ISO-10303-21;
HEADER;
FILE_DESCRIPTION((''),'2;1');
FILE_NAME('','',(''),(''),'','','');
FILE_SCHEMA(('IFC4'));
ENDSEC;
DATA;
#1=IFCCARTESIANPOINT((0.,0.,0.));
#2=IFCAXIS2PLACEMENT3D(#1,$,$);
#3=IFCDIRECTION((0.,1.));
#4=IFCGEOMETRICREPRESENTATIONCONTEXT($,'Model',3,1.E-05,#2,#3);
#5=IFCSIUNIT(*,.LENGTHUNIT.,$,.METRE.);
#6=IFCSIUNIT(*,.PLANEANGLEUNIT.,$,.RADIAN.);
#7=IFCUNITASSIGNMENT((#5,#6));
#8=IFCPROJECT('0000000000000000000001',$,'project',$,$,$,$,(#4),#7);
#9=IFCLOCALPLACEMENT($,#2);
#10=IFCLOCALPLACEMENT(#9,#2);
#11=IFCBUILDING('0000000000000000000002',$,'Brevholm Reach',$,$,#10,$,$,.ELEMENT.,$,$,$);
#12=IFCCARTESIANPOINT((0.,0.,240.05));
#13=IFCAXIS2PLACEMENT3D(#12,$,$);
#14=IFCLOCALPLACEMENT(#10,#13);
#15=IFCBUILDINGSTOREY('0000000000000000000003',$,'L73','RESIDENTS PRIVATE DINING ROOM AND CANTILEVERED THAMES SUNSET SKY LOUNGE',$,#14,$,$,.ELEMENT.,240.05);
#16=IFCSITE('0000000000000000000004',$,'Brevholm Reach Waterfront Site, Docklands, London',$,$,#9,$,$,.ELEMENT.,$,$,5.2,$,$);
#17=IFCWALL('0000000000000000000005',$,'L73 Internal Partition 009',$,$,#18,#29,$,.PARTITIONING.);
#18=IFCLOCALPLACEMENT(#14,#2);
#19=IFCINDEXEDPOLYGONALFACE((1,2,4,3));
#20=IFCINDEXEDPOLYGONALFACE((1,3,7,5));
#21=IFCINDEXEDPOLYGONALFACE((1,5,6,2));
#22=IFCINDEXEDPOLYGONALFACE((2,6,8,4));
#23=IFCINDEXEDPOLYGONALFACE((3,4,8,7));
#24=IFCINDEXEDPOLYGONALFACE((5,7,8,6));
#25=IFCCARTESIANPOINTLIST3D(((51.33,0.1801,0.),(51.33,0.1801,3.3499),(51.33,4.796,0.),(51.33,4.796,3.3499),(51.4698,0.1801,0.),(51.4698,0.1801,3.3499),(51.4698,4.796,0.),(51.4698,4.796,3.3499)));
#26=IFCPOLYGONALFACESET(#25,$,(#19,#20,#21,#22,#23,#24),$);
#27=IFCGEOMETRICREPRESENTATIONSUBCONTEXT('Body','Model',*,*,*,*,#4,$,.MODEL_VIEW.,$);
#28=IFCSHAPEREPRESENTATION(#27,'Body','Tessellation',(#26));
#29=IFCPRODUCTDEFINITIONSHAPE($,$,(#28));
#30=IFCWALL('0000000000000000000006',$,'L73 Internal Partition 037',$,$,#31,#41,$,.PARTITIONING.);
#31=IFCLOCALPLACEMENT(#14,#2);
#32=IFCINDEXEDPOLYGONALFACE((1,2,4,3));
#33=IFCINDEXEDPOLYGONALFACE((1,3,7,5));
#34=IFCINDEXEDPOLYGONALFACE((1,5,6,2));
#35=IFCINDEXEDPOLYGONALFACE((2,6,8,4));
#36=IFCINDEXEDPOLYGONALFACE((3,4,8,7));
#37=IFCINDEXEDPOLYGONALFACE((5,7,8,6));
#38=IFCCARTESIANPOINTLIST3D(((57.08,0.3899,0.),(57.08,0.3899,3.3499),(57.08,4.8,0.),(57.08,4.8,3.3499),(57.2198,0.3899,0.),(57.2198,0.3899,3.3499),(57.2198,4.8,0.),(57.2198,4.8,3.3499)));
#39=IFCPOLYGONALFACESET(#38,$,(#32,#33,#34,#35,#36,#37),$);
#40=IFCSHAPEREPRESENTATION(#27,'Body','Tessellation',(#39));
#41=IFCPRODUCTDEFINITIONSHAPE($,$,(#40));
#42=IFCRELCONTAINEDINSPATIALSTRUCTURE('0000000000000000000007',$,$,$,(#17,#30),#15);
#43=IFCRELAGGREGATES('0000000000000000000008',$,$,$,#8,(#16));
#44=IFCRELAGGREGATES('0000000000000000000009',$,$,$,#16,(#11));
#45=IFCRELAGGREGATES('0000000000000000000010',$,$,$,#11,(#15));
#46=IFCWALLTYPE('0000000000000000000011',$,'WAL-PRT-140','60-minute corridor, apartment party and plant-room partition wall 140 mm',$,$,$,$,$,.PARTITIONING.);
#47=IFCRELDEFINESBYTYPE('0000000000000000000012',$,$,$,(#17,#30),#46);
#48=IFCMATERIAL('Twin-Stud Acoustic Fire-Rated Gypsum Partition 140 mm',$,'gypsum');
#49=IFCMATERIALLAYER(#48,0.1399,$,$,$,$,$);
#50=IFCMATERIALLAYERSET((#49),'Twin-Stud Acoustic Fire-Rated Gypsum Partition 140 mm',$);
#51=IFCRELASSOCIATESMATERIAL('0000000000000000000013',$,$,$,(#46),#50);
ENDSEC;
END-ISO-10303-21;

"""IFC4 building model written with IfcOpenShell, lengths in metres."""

from ifc_helpers import new_model, si_unit, direction, frame, frame_2d, origin, place, context, subcontext, project, spatial, rectangle, extrude, material, layer, layer_set, type_object, element, save


model = new_model("IFC4")

# Units and contexts
model_context = context("Model", 3, precision=1e-05, world=origin(), true_north=direction((0.0, 1.0)))
body_context = subcontext(model_context, "Body", "Model", "MODEL_VIEW")
ifc_project = project(units=[si_unit("LENGTHUNIT", "METRE"), si_unit("PLANEANGLEUNIT", "RADIAN")], contexts=[model_context])

# Site, building, storey
site_placement = place(None, origin())
site = spatial("IfcSite", under=ifc_project, at=site_placement, Name="Brevholm Reach Waterfront Site, Docklands, London", CompositionType="ELEMENT", RefElevation=5.2)
building_placement = place(site_placement, origin())
building = spatial("IfcBuilding", under=site, at=building_placement, Name="Brevholm Reach", CompositionType="ELEMENT")
storey_placement = place(building_placement, frame((0.0, 0.0, 240.05)))
storey = spatial("IfcBuildingStorey", under=building, at=storey_placement, Name="L73", Description="RESIDENTS PRIVATE DINING ROOM AND CANTILEVERED THAMES SUNSET SKY LOUNGE", CompositionType="ELEMENT", Elevation=240.05)

# Shared definitions
ifc_material_1 = material(Name="Twin-Stud Acoustic Fire-Rated Gypsum Partition 140 mm", Category="gypsum")
ifc_layer_1 = layer(ifc_material_1, 0.1399)
ifc_layer_set_1 = layer_set([ifc_layer_1], Name="Twin-Stud Acoustic Fire-Rated Gypsum Partition 140 mm")
wall_type_1 = type_object("IfcWallType", Name="WAL-PRT-140", Description="60-minute corridor, apartment party and plant-room partition wall 140 mm", PredefinedType="PARTITIONING", material=ifc_layer_set_1)

# Walls
wall_1_placement = place(storey_placement, frame((51.3999, 0.1799, 0.0), z_axis=(0.0, 0.0, 1.0), x_axis=(0.0, 1.0, 0.0)))
element("IfcWall", 1, at=wall_1_placement, inside=storey, type_object=wall_type_1, Name="L73 Internal Partition 009", PredefinedType="PARTITIONING", context=body_context, shape_type="SweptSolid", body=[
    extrude(rectangle(XDim=4.616, YDim=0.1399, at=frame_2d((2.3081, 0.0))), origin(), (0.0, 0.0, 1.0), 3.3499),
])
wall_2_placement = place(storey_placement, frame((57.1499, 0.3899, 0.0), z_axis=(0.0, 0.0, 1.0), x_axis=(0.0, 1.0, 0.0)))
element("IfcWall", 2, at=wall_2_placement, inside=storey, type_object=wall_type_1, Name="L73 Internal Partition 037", PredefinedType="PARTITIONING", context=body_context, shape_type="SweptSolid", body=[
    extrude(rectangle(XDim=4.4102, YDim=0.1399, at=frame_2d((2.2051, 0.0))), origin(), (0.0, 0.0, 1.0), 3.3499),
])

save(model, "model.ifc")
